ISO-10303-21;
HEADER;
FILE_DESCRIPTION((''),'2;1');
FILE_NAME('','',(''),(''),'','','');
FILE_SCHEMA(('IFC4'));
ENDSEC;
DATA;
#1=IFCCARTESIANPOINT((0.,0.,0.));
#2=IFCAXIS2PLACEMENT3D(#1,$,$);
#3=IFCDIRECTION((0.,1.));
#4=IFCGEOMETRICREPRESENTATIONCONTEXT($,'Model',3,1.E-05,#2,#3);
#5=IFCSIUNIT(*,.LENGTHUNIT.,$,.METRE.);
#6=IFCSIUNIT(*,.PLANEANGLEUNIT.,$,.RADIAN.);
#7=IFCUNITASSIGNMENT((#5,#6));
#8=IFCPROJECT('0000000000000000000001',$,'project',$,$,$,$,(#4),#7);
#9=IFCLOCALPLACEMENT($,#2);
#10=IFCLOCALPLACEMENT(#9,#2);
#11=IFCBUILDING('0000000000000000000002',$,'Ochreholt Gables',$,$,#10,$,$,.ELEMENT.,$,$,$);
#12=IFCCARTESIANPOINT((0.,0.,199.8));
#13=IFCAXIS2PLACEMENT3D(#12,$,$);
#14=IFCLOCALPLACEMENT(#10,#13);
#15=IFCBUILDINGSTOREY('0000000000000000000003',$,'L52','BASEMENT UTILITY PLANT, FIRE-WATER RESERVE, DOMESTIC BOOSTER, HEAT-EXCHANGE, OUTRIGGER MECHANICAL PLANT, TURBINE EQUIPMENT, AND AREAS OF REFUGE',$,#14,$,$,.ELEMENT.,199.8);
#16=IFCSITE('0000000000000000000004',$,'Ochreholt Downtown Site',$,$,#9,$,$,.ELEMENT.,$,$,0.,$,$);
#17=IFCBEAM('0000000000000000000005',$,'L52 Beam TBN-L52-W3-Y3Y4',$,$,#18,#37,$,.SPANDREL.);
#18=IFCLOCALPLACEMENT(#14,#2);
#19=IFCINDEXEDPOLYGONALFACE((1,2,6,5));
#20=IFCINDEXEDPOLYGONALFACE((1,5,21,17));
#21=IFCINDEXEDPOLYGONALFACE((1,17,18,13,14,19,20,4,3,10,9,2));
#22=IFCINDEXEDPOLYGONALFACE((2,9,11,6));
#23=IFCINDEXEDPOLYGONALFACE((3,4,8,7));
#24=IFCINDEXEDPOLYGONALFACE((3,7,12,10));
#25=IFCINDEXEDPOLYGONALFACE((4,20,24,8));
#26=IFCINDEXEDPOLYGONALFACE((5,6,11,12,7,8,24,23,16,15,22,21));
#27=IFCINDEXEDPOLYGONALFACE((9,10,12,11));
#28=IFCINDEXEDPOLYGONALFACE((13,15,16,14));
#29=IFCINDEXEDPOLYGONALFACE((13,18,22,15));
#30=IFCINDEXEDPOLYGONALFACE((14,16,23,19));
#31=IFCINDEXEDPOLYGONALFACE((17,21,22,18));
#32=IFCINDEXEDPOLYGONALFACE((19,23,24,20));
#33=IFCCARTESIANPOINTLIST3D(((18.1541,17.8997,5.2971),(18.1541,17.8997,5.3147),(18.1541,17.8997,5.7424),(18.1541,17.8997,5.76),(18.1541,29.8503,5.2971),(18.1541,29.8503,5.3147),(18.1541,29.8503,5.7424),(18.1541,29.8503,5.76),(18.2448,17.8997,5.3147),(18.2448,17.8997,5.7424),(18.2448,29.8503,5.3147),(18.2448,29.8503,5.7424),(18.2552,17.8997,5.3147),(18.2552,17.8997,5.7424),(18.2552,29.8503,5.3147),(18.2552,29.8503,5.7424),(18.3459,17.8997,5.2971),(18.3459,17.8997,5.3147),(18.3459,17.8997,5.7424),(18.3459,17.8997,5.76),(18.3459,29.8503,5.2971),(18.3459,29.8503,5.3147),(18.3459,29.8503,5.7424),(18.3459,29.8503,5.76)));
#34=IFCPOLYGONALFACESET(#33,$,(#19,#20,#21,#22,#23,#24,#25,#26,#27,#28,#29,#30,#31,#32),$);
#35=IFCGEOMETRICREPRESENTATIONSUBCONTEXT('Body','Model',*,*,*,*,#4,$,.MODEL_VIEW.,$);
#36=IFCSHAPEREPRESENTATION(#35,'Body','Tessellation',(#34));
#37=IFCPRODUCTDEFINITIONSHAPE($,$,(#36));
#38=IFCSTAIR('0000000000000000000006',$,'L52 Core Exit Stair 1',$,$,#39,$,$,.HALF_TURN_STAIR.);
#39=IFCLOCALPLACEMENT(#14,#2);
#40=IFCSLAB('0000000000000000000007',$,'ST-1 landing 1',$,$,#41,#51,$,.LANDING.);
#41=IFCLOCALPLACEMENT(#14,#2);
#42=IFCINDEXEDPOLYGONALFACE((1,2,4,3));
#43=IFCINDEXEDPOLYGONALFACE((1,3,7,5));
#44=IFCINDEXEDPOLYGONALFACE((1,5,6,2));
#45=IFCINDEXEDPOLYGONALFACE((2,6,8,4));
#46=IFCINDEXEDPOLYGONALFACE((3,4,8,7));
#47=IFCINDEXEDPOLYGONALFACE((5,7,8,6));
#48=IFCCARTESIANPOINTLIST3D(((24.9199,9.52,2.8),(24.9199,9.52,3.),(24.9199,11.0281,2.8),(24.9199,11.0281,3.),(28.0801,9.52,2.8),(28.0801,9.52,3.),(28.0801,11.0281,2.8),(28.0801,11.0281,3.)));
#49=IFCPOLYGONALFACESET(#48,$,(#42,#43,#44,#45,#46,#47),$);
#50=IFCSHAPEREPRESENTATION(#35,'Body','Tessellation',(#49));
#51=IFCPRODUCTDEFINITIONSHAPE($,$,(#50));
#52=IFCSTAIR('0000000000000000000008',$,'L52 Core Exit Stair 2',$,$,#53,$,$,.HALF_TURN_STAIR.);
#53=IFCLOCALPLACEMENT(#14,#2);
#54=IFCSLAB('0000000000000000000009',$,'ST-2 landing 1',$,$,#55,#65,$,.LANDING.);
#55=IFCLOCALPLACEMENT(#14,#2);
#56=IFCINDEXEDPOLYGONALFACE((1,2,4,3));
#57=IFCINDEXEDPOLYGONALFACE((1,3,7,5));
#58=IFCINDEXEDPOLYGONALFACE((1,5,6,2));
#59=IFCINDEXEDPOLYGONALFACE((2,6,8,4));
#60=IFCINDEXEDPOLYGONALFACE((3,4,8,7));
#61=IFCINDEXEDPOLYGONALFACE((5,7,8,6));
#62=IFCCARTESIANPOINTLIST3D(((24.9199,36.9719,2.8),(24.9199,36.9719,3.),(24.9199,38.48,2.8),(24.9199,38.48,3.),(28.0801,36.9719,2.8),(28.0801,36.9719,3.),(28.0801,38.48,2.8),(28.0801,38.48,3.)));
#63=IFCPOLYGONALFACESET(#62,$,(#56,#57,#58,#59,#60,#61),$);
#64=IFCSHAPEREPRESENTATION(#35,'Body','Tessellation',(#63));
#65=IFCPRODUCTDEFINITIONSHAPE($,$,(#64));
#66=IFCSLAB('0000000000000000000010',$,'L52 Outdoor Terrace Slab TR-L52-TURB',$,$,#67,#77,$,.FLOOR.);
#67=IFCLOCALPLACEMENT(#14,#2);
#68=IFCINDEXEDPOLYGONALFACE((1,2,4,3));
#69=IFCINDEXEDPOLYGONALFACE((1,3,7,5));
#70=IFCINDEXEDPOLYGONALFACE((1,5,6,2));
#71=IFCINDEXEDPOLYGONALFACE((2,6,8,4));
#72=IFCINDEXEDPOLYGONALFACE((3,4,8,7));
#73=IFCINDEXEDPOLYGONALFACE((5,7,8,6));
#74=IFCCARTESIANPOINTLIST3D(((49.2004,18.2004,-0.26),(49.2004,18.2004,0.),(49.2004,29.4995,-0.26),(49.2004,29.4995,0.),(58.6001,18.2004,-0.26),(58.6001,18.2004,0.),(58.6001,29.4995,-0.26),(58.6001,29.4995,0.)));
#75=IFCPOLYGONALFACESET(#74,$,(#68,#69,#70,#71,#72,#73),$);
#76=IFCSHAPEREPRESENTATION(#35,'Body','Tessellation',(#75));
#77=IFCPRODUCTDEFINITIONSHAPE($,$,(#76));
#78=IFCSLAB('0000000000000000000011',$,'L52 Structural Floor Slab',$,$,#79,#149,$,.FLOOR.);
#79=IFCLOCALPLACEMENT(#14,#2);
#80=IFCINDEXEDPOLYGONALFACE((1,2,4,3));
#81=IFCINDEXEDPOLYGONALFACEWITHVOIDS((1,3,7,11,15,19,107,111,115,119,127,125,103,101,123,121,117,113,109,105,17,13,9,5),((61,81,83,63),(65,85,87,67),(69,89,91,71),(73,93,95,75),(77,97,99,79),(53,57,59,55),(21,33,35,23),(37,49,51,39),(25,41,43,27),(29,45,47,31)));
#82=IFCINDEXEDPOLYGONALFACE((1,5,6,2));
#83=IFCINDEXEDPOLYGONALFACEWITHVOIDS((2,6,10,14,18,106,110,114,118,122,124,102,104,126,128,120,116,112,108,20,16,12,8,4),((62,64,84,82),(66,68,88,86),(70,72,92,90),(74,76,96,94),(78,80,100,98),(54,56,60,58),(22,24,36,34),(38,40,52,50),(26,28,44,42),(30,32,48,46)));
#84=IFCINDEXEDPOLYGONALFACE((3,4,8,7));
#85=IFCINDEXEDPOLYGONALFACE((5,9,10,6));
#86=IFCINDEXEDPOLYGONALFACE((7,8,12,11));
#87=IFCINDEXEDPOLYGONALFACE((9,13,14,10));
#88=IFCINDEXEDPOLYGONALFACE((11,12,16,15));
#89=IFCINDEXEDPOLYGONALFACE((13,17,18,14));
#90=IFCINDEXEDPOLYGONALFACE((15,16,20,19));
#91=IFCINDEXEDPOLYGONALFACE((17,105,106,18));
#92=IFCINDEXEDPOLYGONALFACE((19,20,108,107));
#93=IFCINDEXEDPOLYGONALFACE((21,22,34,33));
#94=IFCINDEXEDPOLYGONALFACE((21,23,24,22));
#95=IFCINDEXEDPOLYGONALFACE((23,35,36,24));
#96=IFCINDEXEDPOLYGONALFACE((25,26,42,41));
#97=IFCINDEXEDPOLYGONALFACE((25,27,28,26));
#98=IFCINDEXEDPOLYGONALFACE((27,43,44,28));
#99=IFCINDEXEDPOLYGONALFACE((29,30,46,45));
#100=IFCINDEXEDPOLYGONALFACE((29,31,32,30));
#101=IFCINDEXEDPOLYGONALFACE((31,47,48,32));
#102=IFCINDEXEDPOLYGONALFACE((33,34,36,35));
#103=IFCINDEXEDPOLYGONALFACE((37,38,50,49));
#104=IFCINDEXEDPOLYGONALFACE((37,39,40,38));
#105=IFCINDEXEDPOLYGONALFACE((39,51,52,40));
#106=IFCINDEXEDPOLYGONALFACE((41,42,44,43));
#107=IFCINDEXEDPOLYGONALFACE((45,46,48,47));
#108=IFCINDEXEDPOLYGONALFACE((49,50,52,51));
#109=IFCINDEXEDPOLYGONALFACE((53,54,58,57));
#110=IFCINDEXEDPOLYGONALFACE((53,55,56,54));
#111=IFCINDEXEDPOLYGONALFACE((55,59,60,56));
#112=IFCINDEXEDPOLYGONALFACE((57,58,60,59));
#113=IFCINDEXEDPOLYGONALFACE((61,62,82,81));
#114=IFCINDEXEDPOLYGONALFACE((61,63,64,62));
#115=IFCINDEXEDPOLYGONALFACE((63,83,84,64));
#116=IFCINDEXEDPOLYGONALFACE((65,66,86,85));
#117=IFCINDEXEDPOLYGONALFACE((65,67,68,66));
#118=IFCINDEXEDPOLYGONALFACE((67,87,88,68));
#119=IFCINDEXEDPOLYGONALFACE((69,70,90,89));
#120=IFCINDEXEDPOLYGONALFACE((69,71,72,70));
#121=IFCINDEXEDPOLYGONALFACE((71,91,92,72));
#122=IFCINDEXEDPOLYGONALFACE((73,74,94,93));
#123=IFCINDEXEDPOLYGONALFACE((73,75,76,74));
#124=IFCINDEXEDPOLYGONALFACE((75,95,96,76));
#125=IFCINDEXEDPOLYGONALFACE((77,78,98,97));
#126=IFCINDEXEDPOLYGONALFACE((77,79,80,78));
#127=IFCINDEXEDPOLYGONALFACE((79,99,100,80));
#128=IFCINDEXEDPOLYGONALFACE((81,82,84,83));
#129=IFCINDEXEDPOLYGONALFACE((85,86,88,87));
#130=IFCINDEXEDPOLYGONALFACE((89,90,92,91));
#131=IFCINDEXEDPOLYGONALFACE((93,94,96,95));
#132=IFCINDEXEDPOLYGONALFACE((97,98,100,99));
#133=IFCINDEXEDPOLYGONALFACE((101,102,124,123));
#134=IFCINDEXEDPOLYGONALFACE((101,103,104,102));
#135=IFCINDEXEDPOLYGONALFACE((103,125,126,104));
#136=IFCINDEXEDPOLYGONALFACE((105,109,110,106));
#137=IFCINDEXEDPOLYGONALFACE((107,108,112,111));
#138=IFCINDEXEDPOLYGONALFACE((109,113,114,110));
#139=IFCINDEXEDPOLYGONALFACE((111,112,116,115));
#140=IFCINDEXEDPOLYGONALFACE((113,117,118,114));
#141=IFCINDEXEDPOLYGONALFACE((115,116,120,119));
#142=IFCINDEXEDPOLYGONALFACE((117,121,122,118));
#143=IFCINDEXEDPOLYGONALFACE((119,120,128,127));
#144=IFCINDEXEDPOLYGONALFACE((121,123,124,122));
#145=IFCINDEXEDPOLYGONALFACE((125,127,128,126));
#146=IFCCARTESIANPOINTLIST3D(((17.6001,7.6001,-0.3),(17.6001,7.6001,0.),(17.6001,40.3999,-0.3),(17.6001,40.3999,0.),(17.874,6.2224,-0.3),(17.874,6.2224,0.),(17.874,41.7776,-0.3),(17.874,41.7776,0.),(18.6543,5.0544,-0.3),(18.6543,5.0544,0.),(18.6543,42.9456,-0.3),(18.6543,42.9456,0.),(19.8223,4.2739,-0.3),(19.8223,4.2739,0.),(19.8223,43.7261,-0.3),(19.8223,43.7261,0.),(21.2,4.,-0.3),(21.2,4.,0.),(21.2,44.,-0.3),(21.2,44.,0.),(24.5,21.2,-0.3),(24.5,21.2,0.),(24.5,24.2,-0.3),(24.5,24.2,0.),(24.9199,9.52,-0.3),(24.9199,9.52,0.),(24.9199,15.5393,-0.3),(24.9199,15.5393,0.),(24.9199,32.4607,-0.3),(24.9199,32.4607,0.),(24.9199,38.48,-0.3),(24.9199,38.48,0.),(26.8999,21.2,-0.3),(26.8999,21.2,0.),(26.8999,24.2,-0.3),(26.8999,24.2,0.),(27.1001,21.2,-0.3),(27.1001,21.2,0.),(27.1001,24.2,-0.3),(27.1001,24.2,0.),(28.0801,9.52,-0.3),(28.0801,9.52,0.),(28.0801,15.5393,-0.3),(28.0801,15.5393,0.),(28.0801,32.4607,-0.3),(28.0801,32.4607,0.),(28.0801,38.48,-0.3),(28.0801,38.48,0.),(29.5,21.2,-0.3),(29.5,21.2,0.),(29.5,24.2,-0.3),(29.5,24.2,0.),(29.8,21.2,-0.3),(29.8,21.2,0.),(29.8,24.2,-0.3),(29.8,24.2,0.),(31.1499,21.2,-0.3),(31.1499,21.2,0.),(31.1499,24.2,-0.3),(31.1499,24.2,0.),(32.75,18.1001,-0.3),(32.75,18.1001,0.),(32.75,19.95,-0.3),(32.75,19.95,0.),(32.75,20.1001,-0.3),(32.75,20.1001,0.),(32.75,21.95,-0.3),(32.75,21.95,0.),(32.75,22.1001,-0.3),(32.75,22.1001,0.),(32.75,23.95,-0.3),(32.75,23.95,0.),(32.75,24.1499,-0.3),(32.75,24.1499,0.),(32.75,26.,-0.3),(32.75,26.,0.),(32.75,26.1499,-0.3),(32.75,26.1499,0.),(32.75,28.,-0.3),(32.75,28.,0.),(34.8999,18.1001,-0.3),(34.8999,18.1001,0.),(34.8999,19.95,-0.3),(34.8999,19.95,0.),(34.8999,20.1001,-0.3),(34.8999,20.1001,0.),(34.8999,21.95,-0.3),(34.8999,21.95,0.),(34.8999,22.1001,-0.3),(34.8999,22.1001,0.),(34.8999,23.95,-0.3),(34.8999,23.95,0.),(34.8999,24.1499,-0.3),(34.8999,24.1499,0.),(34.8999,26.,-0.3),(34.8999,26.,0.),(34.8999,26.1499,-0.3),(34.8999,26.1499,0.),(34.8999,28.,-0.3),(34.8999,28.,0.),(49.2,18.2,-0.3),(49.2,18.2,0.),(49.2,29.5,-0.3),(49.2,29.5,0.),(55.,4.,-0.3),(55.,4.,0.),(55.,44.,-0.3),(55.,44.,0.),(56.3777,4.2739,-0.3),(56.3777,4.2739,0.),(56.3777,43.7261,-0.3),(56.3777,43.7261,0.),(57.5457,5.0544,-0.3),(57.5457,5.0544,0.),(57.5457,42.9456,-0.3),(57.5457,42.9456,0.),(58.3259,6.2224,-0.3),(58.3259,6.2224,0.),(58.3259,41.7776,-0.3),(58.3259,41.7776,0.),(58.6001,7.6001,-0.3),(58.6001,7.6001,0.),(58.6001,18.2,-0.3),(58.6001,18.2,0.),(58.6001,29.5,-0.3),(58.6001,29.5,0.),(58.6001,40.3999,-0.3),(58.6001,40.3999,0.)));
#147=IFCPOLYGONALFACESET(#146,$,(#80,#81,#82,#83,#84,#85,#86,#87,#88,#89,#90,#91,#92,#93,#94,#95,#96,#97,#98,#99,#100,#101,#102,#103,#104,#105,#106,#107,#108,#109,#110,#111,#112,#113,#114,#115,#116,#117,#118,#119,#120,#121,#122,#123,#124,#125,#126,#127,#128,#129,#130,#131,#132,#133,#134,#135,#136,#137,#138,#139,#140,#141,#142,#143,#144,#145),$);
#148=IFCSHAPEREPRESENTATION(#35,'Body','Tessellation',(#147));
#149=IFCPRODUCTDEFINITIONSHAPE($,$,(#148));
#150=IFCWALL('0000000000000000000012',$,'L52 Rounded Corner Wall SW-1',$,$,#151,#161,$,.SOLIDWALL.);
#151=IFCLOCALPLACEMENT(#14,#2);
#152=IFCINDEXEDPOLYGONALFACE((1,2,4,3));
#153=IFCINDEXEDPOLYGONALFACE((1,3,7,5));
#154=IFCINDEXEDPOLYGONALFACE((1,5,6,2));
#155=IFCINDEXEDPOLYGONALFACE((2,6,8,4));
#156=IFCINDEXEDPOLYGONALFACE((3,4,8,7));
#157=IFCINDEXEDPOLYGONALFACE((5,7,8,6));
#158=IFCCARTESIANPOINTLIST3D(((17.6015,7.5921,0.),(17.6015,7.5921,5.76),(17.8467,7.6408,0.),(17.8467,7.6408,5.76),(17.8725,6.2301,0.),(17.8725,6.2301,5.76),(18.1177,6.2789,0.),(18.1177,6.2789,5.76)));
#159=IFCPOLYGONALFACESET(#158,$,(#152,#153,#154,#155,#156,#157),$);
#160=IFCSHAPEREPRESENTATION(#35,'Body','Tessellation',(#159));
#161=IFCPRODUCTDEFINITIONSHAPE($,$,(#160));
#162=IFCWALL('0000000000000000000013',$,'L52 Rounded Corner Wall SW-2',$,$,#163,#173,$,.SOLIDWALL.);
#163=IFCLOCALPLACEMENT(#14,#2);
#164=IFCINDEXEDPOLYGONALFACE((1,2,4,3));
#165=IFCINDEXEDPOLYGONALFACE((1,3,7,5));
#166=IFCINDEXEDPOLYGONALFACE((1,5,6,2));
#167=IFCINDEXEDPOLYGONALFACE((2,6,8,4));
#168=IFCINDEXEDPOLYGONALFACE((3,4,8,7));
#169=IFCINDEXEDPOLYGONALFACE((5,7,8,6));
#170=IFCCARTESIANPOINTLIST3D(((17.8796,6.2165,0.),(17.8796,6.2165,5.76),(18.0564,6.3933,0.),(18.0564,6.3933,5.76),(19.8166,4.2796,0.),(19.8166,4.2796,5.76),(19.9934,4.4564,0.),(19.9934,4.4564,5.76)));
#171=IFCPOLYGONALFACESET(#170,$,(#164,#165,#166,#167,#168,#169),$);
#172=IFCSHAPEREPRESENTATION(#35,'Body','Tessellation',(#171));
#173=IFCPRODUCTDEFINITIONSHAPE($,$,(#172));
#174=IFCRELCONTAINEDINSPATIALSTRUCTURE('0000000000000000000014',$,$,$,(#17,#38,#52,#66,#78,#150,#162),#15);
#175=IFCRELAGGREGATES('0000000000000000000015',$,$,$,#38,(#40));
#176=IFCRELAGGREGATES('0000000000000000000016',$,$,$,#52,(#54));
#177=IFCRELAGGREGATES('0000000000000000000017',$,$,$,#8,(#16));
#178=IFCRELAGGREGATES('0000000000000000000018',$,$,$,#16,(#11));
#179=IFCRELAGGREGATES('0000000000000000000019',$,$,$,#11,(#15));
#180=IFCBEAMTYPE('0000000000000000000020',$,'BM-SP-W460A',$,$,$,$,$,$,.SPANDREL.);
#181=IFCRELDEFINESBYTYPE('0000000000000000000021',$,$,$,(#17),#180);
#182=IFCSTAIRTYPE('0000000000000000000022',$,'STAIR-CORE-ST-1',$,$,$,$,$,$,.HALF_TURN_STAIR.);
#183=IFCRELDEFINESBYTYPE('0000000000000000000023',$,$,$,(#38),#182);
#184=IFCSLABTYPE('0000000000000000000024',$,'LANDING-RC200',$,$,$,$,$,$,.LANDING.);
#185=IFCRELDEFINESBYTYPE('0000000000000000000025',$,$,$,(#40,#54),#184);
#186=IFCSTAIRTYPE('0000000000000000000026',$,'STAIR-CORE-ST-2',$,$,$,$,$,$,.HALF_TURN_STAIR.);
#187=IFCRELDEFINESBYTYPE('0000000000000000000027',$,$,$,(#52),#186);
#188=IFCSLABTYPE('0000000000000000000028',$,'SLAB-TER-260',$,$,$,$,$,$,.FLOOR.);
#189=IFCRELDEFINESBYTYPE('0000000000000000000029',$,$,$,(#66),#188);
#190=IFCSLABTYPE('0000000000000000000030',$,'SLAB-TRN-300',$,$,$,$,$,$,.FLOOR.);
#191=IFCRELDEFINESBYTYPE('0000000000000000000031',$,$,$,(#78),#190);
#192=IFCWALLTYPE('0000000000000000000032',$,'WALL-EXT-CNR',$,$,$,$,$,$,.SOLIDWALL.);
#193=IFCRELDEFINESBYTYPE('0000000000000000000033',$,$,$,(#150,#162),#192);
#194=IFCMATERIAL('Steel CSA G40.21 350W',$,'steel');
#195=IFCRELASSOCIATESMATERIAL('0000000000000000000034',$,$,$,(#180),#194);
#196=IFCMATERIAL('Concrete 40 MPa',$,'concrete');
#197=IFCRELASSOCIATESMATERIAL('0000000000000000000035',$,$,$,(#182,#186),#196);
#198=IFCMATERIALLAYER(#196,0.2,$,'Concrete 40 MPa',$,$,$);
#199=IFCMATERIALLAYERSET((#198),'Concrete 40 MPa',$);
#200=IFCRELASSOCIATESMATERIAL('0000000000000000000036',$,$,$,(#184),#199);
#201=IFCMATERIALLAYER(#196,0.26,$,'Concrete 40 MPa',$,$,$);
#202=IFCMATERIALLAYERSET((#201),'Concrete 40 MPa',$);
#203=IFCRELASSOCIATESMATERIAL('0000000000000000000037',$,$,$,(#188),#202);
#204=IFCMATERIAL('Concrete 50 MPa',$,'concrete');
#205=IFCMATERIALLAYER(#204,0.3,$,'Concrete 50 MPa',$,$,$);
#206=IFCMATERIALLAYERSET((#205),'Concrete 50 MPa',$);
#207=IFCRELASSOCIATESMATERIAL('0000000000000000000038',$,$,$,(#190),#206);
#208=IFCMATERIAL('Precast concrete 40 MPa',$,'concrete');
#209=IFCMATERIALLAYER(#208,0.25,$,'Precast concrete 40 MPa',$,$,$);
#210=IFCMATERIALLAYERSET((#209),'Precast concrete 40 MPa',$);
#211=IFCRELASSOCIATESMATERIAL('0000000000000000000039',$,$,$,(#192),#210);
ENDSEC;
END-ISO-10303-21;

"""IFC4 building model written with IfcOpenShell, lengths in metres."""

from ifc_helpers import new_model, si_unit, direction, frame, frame_2d, origin, origin_2d, place, context, subcontext, project, spatial, polyline, rectangle, i_section, outline, extrude, material, layer, layer_set, material_profile, profile_set, type_object, element, aggregate, save


model = new_model("IFC4")

# Units and contexts
model_context = context("Model", 3, precision=1e-05, world=origin(), true_north=direction((0.0, 1.0)))
body_context = subcontext(model_context, "Body", "Model", "MODEL_VIEW")
ifc_project = project(units=[si_unit("LENGTHUNIT", "METRE"), si_unit("PLANEANGLEUNIT", "RADIAN")], contexts=[model_context])

# Site, building, storey
site_placement = place(None, origin())
site = spatial("IfcSite", under=ifc_project, at=site_placement, Name="Ochreholt Downtown Site", CompositionType="ELEMENT", RefElevation=0.0)
building_placement = place(site_placement, origin())
building = spatial("IfcBuilding", under=site, at=building_placement, Name="Ochreholt Gables", CompositionType="ELEMENT")
storey_placement = place(building_placement, frame((0.0, 0.0, 199.8)))
storey = spatial("IfcBuildingStorey", under=building, at=storey_placement, Name="L52", Description="BASEMENT UTILITY PLANT, FIRE-WATER RESERVE, DOMESTIC BOOSTER, HEAT-EXCHANGE, OUTRIGGER MECHANICAL PLANT, TURBINE EQUIPMENT, AND AREAS OF REFUGE", CompositionType="ELEMENT", Elevation=199.8)

# Shared definitions
ifc_material_1 = material(Name="Concrete 50 MPa", Category="concrete")

# Beam
ifc_material_2 = material(Name="Steel CSA G40.21 350W", Category="steel")
ifc_material_profile_1 = material_profile(ifc_material_2, i_section(OverallWidth=0.1919, OverallDepth=0.4629, WebThickness=0.0105, FlangeThickness=0.0176, at=origin_2d()), Name="W460X89")
ifc_profile_set_1 = profile_set([ifc_material_profile_1], Name="Steel CSA G40.21 350W")
beam_type_1 = type_object("IfcBeamType", Name="BM-SP-W460A", PredefinedType="SPANDREL", material=ifc_profile_set_1)
beam_1_placement = place(storey_placement, frame((18.25, 17.8997, 5.5286), z_axis=(0.0, 1.0, 0.0), x_axis=(-1.0, 0.0, 0.0)))
element("IfcBeam", 1, at=beam_1_placement, inside=storey, type_object=beam_type_1, Name="L52 Beam TBN-L52-W3-Y3Y4", PredefinedType="SPANDREL", context=body_context, shape_type="SweptSolid", body=[
    extrude(i_section(OverallWidth=0.1919, OverallDepth=0.4629, WebThickness=0.0105, FlangeThickness=0.0176, at=origin_2d()), origin(), (0.0, 0.0, 1.0), 11.9507),
])

# Stairs, slabs
ifc_material_3 = material(Name="Concrete 40 MPa", Category="concrete")
stair_type_1 = type_object("IfcStairType", Name="STAIR-CORE-ST-1", PredefinedType="HALF_TURN_STAIR", material=ifc_material_3)
stair_1_placement = place(storey_placement, origin())
stair_1 = element("IfcStair", 2, at=stair_1_placement, inside=storey, type_object=stair_type_1, Name="L52 Core Exit Stair 1", PredefinedType="HALF_TURN_STAIR")
ifc_layer_1 = layer(ifc_material_3, 0.2, Name="Concrete 40 MPa")
ifc_layer_set_1 = layer_set([ifc_layer_1], Name="Concrete 40 MPa")
slab_type_1 = type_object("IfcSlabType", Name="LANDING-RC200", PredefinedType="LANDING", material=ifc_layer_set_1)
slab_1_placement = place(storey_placement, frame((0.0, 0.0, 2.8)))
slab_1 = element("IfcSlab", 3, at=slab_1_placement, type_object=slab_type_1, Name="ST-1 landing 1", PredefinedType="LANDING", context=body_context, shape_type="SweptSolid", body=[
    extrude(outline(polyline([(24.9199, 11.0281), (24.9199, 9.52), (28.0801, 9.52), (28.0801, 11.0281), (24.9199, 11.0281)])), origin(), (0.0, 0.0, 1.0), 0.2),
])
aggregate(stair_1, [slab_1])
stair_type_2 = type_object("IfcStairType", Name="STAIR-CORE-ST-2", PredefinedType="HALF_TURN_STAIR", material=ifc_material_3)
stair_2_placement = place(storey_placement, origin())
stair_2 = element("IfcStair", 4, at=stair_2_placement, inside=storey, type_object=stair_type_2, Name="L52 Core Exit Stair 2", PredefinedType="HALF_TURN_STAIR")
slab_2_placement = place(storey_placement, frame((0.0, 0.0, 2.8)))
slab_2 = element("IfcSlab", 5, at=slab_2_placement, type_object=slab_type_1, Name="ST-2 landing 1", PredefinedType="LANDING", context=body_context, shape_type="SweptSolid", body=[
    extrude(outline(polyline([(28.0801, 36.9719), (28.0801, 38.48), (24.9199, 38.48), (24.9199, 36.9719), (28.0801, 36.9719)])), origin(), (0.0, 0.0, 1.0), 0.2),
])
aggregate(stair_2, [slab_2])

# Slabs
ifc_layer_2 = layer(ifc_material_3, 0.26, Name="Concrete 40 MPa")
ifc_layer_set_2 = layer_set([ifc_layer_2], Name="Concrete 40 MPa")
slab_type_2 = type_object("IfcSlabType", Name="SLAB-TER-260", PredefinedType="FLOOR", material=ifc_layer_set_2)
slab_3_placement = place(storey_placement, frame((0.0, 0.0, -0.26)))
element("IfcSlab", 6, at=slab_3_placement, inside=storey, type_object=slab_type_2, Name="L52 Outdoor Terrace Slab TR-L52-TURB", PredefinedType="FLOOR", context=body_context, shape_type="SweptSolid", body=[
    extrude(outline(polyline([(49.2004, 18.2004), (58.6001, 18.2004), (58.6001, 29.4995), (49.2004, 29.4995), (49.2004, 18.2004)])), origin(), (0.0, 0.0, 1.0), 0.26),
])
ifc_layer_3 = layer(ifc_material_1, 0.3, Name="Concrete 50 MPa")
ifc_layer_set_3 = layer_set([ifc_layer_3], Name="Concrete 50 MPa")
slab_type_3 = type_object("IfcSlabType", Name="SLAB-TRN-300", PredefinedType="FLOOR", material=ifc_layer_set_3)
slab_4_placement = place(storey_placement, frame((0.0, 0.0, -0.3)))
element("IfcSlab", 7, at=slab_4_placement, inside=storey, type_object=slab_type_3, Name="L52 Structural Floor Slab", PredefinedType="FLOOR", context=body_context, shape_type="SweptSolid", body=[
    extrude(outline(polyline([(58.6001, 18.2), (49.2, 18.2), (49.2, 29.5), (58.6001, 29.5), (58.6001, 40.3999), (58.3259, 41.7776), (57.5457, 42.9456), (56.3777, 43.7261), (55.0, 44.0), (21.2, 44.0), (19.8223, 43.7261), (18.6543, 42.9456), (17.874, 41.7776), (17.6001, 40.3999), (17.6001, 7.6001), (17.874, 6.2224), (18.6543, 5.0544), (19.8223, 4.2739), (21.2, 4.0), (55.0, 4.0), (56.3777, 4.2739), (57.5457, 5.0544), (58.3259, 6.2224), (58.6001, 7.6001), (58.6001, 18.2)]), holes=[polyline([(24.9199, 15.5393), (24.9199, 9.52), (28.0801, 9.52), (28.0801, 15.5393), (24.9199, 15.5393)]), polyline([(28.0801, 32.4607), (28.0801, 38.48), (24.9199, 38.48), (24.9199, 32.4607), (28.0801, 32.4607)]), polyline([(24.5, 21.2), (26.8999, 21.2), (26.8999, 24.2), (24.5, 24.2), (24.5, 21.2)]), polyline([(27.1001, 21.2), (29.5, 21.2), (29.5, 24.2), (27.1001, 24.2), (27.1001, 21.2)]), polyline([(32.75, 18.1001), (34.8999, 18.1001), (34.8999, 19.95), (32.75, 19.95), (32.75, 18.1001)]), polyline([(32.75, 20.1001), (34.8999, 20.1001), (34.8999, 21.95), (32.75, 21.95), (32.75, 20.1001)]), polyline([(32.75, 22.1001), (34.8999, 22.1001), (34.8999, 23.95), (32.75, 23.95), (32.75, 22.1001)]), polyline([(32.75, 24.1499), (34.8999, 24.1499), (34.8999, 26.0), (32.75, 26.0), (32.75, 24.1499)]), polyline([(32.75, 26.1499), (34.8999, 26.1499), (34.8999, 28.0), (32.75, 28.0), (32.75, 26.1499)]), polyline([(29.8, 21.2), (31.1499, 21.2), (31.1499, 24.2), (29.8, 24.2), (29.8, 21.2)])]), origin(), (0.0, 0.0, 1.0), 0.3),
])

# Walls
ifc_material_4 = material(Name="Precast concrete 40 MPa", Category="concrete")
ifc_layer_4 = layer(ifc_material_4, 0.25, Name="Precast concrete 40 MPa")
ifc_layer_set_4 = layer_set([ifc_layer_4], Name="Precast concrete 40 MPa")
wall_type = type_object("IfcWallType", Name="WALL-EXT-CNR", PredefinedType="SOLIDWALL", material=ifc_layer_set_4)
wall_1_placement = place(storey_placement, frame((17.7241, 7.6165, 0.0), z_axis=(0.0, 0.0, 1.0), x_axis=(0.195136, -0.980776, 0.0)))
element("IfcWall", 8, at=wall_1_placement, inside=storey, type_object=wall_type, Name="L52 Rounded Corner Wall SW-1", PredefinedType="SOLIDWALL", context=body_context, shape_type="SweptSolid", body=[
    extrude(rectangle(XDim=1.3887, YDim=0.25, at=frame_2d((0.6943, 0.0))), origin(), (0.0, 0.0, 1.0), 5.76),
])
wall_2_placement = place(storey_placement, frame((17.968, 6.3049, 0.0), z_axis=(0.0, 0.0, 1.0), x_axis=(0.707107, -0.707107, 0.0)))
element("IfcWall", 9, at=wall_2_placement, inside=storey, type_object=wall_type, Name="L52 Rounded Corner Wall SW-2", PredefinedType="SOLIDWALL", context=body_context, shape_type="SweptSolid", body=[
    extrude(rectangle(XDim=2.7393, YDim=0.25, at=frame_2d((1.3696, 0.0))), origin(), (0.0, 0.0, 1.0), 5.76),
])

save(model, "model.ifc")
